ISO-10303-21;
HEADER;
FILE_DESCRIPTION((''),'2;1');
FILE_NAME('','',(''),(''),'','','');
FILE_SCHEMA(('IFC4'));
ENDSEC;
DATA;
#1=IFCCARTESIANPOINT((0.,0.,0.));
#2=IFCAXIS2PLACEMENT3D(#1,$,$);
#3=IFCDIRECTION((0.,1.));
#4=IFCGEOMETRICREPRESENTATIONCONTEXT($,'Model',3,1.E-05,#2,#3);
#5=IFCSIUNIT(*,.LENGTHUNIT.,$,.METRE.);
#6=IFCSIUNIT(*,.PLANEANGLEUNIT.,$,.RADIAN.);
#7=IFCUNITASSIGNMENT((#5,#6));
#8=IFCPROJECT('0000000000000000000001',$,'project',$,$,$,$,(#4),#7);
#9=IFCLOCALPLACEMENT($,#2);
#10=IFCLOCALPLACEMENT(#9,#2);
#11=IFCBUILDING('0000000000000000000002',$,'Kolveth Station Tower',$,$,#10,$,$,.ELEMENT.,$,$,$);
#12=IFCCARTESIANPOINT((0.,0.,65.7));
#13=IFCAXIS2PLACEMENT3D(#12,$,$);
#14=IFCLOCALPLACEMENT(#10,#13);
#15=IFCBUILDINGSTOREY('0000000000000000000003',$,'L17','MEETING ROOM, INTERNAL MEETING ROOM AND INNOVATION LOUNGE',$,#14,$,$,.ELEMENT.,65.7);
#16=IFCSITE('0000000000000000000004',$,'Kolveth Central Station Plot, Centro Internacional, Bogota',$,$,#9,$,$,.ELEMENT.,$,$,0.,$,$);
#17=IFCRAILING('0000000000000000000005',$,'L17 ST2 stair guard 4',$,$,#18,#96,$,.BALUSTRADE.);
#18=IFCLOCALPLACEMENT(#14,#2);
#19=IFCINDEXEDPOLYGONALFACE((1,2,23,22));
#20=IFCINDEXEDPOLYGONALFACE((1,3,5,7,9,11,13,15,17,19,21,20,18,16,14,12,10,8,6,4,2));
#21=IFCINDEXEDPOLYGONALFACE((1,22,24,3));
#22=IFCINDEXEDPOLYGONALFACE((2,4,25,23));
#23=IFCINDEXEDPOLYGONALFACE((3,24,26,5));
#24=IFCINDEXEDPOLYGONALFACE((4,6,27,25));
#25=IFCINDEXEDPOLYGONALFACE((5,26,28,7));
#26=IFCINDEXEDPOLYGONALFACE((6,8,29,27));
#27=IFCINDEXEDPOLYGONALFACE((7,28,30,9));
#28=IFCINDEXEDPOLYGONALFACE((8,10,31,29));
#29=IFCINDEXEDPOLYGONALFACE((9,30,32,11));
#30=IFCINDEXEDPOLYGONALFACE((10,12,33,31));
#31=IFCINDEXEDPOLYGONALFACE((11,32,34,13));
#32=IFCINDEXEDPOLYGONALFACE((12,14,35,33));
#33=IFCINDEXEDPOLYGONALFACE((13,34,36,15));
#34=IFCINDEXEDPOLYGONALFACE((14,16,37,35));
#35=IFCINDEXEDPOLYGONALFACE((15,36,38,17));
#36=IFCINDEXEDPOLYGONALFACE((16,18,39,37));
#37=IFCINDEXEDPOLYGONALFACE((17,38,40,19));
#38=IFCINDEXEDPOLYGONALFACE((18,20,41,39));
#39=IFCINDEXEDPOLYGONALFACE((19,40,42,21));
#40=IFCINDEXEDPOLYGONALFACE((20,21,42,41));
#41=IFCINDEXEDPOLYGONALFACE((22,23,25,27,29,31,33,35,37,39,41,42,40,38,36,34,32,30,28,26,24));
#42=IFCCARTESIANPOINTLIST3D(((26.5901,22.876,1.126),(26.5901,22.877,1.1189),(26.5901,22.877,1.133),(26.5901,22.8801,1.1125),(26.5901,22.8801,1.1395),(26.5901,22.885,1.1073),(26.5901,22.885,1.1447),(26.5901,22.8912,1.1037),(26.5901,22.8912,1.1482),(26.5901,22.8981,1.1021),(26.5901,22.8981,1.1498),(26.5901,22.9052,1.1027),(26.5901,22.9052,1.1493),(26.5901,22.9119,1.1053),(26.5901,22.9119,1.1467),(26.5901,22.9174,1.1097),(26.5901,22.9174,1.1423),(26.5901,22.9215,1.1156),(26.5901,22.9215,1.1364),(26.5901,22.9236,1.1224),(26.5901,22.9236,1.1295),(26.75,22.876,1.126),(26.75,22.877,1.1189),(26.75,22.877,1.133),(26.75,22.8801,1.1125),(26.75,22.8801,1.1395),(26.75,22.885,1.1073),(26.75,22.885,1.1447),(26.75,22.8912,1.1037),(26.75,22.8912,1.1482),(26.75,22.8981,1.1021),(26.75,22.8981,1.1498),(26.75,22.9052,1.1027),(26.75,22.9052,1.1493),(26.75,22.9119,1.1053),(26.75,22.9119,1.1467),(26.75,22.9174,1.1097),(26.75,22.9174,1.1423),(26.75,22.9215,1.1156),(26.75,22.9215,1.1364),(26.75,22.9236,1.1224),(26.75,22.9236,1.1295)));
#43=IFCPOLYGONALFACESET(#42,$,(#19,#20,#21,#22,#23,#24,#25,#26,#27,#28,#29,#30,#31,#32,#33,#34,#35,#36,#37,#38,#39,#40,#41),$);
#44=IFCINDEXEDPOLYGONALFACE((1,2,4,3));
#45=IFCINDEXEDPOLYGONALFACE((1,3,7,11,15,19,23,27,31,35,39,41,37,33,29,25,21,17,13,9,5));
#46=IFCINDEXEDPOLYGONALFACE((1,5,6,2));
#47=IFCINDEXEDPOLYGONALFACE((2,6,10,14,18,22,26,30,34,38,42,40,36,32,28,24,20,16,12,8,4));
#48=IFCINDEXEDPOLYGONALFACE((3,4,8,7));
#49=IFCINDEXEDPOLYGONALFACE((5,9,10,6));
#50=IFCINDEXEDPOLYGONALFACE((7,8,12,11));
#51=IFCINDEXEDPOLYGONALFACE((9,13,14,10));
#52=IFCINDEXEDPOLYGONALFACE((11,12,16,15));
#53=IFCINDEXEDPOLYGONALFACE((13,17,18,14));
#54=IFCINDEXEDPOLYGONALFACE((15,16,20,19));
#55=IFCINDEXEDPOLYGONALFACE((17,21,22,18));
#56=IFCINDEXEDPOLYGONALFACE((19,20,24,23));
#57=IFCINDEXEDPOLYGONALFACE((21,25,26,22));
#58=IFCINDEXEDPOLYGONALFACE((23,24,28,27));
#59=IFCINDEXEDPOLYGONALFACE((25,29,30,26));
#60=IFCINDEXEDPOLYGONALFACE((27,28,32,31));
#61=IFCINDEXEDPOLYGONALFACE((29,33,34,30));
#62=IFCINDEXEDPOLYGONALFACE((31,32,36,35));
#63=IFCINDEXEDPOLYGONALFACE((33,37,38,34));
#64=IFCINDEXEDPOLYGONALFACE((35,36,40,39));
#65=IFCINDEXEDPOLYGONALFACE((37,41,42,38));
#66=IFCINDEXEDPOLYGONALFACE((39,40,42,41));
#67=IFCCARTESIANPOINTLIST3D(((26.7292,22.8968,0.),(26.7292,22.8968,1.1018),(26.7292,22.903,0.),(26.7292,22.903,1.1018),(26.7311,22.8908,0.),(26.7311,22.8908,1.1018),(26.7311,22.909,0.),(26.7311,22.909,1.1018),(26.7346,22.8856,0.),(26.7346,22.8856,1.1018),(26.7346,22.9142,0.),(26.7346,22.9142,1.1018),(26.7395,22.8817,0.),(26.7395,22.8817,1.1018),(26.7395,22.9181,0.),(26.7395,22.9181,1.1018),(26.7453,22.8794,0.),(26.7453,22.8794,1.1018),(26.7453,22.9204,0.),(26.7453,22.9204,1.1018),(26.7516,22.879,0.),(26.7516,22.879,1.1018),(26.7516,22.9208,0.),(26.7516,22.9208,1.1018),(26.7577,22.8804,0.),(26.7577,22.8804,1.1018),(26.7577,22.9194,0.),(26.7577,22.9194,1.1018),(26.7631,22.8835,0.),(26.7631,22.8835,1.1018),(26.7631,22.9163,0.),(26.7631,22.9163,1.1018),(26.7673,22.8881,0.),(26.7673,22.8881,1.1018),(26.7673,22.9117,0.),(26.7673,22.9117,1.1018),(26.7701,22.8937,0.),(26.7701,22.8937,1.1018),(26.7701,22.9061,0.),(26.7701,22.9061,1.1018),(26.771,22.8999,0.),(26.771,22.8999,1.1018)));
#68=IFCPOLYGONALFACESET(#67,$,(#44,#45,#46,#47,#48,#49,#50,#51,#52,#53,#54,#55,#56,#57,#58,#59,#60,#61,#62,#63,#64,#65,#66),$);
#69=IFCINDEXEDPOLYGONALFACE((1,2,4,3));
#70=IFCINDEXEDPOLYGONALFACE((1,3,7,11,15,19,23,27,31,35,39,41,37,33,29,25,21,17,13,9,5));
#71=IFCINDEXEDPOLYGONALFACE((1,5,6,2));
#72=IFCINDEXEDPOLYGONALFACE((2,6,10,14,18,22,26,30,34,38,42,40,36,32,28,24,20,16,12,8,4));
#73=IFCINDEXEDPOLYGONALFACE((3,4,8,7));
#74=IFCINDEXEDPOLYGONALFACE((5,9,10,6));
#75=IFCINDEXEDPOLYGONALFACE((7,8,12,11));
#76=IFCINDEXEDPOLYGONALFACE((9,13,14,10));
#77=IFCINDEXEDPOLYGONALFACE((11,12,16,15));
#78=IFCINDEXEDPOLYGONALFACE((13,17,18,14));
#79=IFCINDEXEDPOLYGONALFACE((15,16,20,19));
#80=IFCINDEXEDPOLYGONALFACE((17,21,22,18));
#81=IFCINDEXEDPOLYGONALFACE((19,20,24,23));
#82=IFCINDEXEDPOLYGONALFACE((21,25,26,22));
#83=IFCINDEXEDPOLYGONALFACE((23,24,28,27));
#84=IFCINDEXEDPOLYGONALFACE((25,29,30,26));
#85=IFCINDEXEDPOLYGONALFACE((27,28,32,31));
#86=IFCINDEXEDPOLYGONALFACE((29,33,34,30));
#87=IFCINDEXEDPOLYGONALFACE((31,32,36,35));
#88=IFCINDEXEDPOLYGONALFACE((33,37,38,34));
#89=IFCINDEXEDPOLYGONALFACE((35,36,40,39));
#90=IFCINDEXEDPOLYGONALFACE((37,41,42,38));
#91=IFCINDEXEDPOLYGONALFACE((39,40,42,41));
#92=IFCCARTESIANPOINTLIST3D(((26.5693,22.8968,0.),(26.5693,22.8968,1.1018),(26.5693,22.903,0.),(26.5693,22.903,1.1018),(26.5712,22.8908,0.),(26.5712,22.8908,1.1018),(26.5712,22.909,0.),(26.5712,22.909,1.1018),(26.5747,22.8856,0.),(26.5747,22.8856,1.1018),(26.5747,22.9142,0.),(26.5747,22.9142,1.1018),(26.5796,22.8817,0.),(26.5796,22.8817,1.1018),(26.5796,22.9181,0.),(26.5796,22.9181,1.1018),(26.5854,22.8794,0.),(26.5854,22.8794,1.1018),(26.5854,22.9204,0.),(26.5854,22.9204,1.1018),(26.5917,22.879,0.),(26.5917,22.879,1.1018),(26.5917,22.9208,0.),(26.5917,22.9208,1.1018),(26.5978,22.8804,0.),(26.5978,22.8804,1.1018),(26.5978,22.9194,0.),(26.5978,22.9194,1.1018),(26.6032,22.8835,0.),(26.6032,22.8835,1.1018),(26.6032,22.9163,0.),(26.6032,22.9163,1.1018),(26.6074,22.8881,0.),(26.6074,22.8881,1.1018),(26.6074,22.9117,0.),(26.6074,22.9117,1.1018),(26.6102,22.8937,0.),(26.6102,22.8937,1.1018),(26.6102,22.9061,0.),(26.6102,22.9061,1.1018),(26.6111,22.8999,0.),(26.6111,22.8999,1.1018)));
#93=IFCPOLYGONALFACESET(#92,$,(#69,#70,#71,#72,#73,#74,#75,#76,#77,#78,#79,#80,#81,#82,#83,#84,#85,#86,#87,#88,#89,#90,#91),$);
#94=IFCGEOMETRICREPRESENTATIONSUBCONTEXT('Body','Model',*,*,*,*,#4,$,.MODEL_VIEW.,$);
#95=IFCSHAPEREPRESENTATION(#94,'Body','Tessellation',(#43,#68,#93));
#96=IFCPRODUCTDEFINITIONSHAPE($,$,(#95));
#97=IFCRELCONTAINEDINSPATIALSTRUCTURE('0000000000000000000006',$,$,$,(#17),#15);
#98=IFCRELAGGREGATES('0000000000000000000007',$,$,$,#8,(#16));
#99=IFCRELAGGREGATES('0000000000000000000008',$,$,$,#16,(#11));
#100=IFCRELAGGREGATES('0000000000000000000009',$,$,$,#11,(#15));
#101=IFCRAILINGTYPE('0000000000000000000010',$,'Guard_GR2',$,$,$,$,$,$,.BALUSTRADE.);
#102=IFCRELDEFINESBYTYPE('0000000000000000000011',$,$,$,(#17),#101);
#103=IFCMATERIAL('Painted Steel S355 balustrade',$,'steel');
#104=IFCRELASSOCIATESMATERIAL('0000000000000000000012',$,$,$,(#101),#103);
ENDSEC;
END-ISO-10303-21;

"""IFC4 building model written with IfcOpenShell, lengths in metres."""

from ifc_helpers import new_model, si_unit, direction, frame, origin, origin_2d, place, context, subcontext, project, spatial, circle, extrude, material, type_object, element, save


model = new_model("IFC4")

# Units and contexts
model_context = context("Model", 3, precision=1e-05, world=origin(), true_north=direction((0.0, 1.0)))
body_context = subcontext(model_context, "Body", "Model", "MODEL_VIEW")
ifc_project = project(units=[si_unit("LENGTHUNIT", "METRE"), si_unit("PLANEANGLEUNIT", "RADIAN")], contexts=[model_context])

# Site, building, storey
site_placement = place(None, origin())
site = spatial("IfcSite", under=ifc_project, at=site_placement, Name="Kolveth Central Station Plot, Centro Internacional, Bogota", CompositionType="ELEMENT", RefElevation=0.0)
building_placement = place(site_placement, origin())
building = spatial("IfcBuilding", under=site, at=building_placement, Name="Kolveth Station Tower", CompositionType="ELEMENT")
storey_placement = place(building_placement, frame((0.0, 0.0, 65.7)))
storey = spatial("IfcBuildingStorey", under=building, at=storey_placement, Name="L17", Description="MEETING ROOM, INTERNAL MEETING ROOM AND INNOVATION LOUNGE", CompositionType="ELEMENT", Elevation=65.7)

# Railing
ifc_material_1 = material(Name="Painted Steel S355 balustrade", Category="steel")
railing_type_1 = type_object("IfcRailingType", Name="Guard_GR2", PredefinedType="BALUSTRADE", material=ifc_material_1)
railing_1_placement = place(storey_placement, frame((26.75, 22.8999, 0.0)))
element("IfcRailing", 1, at=railing_1_placement, inside=storey, type_object=railing_type_1, Name="L17 ST2 stair guard 4", PredefinedType="BALUSTRADE", context=body_context, shape_type="SweptSolid", body=[
    extrude(circle(Radius=0.0239, at=origin_2d()), frame((0.0, 0.0, 1.126), z_axis=(-1.0, 0.0, 0.0), x_axis=(0.0, -1.0, 0.0)), (0.0, 0.0, 1.0), 0.1599),
    extrude(circle(Radius=0.021, at=origin_2d()), origin(), (0.0, 0.0, 1.0), 1.1018),
    extrude(circle(Radius=0.021, at=origin_2d()), frame((-0.1599, 0.0, 0.0)), (0.0, 0.0, 1.0), 1.1018),
])

save(model, "model.ifc")
